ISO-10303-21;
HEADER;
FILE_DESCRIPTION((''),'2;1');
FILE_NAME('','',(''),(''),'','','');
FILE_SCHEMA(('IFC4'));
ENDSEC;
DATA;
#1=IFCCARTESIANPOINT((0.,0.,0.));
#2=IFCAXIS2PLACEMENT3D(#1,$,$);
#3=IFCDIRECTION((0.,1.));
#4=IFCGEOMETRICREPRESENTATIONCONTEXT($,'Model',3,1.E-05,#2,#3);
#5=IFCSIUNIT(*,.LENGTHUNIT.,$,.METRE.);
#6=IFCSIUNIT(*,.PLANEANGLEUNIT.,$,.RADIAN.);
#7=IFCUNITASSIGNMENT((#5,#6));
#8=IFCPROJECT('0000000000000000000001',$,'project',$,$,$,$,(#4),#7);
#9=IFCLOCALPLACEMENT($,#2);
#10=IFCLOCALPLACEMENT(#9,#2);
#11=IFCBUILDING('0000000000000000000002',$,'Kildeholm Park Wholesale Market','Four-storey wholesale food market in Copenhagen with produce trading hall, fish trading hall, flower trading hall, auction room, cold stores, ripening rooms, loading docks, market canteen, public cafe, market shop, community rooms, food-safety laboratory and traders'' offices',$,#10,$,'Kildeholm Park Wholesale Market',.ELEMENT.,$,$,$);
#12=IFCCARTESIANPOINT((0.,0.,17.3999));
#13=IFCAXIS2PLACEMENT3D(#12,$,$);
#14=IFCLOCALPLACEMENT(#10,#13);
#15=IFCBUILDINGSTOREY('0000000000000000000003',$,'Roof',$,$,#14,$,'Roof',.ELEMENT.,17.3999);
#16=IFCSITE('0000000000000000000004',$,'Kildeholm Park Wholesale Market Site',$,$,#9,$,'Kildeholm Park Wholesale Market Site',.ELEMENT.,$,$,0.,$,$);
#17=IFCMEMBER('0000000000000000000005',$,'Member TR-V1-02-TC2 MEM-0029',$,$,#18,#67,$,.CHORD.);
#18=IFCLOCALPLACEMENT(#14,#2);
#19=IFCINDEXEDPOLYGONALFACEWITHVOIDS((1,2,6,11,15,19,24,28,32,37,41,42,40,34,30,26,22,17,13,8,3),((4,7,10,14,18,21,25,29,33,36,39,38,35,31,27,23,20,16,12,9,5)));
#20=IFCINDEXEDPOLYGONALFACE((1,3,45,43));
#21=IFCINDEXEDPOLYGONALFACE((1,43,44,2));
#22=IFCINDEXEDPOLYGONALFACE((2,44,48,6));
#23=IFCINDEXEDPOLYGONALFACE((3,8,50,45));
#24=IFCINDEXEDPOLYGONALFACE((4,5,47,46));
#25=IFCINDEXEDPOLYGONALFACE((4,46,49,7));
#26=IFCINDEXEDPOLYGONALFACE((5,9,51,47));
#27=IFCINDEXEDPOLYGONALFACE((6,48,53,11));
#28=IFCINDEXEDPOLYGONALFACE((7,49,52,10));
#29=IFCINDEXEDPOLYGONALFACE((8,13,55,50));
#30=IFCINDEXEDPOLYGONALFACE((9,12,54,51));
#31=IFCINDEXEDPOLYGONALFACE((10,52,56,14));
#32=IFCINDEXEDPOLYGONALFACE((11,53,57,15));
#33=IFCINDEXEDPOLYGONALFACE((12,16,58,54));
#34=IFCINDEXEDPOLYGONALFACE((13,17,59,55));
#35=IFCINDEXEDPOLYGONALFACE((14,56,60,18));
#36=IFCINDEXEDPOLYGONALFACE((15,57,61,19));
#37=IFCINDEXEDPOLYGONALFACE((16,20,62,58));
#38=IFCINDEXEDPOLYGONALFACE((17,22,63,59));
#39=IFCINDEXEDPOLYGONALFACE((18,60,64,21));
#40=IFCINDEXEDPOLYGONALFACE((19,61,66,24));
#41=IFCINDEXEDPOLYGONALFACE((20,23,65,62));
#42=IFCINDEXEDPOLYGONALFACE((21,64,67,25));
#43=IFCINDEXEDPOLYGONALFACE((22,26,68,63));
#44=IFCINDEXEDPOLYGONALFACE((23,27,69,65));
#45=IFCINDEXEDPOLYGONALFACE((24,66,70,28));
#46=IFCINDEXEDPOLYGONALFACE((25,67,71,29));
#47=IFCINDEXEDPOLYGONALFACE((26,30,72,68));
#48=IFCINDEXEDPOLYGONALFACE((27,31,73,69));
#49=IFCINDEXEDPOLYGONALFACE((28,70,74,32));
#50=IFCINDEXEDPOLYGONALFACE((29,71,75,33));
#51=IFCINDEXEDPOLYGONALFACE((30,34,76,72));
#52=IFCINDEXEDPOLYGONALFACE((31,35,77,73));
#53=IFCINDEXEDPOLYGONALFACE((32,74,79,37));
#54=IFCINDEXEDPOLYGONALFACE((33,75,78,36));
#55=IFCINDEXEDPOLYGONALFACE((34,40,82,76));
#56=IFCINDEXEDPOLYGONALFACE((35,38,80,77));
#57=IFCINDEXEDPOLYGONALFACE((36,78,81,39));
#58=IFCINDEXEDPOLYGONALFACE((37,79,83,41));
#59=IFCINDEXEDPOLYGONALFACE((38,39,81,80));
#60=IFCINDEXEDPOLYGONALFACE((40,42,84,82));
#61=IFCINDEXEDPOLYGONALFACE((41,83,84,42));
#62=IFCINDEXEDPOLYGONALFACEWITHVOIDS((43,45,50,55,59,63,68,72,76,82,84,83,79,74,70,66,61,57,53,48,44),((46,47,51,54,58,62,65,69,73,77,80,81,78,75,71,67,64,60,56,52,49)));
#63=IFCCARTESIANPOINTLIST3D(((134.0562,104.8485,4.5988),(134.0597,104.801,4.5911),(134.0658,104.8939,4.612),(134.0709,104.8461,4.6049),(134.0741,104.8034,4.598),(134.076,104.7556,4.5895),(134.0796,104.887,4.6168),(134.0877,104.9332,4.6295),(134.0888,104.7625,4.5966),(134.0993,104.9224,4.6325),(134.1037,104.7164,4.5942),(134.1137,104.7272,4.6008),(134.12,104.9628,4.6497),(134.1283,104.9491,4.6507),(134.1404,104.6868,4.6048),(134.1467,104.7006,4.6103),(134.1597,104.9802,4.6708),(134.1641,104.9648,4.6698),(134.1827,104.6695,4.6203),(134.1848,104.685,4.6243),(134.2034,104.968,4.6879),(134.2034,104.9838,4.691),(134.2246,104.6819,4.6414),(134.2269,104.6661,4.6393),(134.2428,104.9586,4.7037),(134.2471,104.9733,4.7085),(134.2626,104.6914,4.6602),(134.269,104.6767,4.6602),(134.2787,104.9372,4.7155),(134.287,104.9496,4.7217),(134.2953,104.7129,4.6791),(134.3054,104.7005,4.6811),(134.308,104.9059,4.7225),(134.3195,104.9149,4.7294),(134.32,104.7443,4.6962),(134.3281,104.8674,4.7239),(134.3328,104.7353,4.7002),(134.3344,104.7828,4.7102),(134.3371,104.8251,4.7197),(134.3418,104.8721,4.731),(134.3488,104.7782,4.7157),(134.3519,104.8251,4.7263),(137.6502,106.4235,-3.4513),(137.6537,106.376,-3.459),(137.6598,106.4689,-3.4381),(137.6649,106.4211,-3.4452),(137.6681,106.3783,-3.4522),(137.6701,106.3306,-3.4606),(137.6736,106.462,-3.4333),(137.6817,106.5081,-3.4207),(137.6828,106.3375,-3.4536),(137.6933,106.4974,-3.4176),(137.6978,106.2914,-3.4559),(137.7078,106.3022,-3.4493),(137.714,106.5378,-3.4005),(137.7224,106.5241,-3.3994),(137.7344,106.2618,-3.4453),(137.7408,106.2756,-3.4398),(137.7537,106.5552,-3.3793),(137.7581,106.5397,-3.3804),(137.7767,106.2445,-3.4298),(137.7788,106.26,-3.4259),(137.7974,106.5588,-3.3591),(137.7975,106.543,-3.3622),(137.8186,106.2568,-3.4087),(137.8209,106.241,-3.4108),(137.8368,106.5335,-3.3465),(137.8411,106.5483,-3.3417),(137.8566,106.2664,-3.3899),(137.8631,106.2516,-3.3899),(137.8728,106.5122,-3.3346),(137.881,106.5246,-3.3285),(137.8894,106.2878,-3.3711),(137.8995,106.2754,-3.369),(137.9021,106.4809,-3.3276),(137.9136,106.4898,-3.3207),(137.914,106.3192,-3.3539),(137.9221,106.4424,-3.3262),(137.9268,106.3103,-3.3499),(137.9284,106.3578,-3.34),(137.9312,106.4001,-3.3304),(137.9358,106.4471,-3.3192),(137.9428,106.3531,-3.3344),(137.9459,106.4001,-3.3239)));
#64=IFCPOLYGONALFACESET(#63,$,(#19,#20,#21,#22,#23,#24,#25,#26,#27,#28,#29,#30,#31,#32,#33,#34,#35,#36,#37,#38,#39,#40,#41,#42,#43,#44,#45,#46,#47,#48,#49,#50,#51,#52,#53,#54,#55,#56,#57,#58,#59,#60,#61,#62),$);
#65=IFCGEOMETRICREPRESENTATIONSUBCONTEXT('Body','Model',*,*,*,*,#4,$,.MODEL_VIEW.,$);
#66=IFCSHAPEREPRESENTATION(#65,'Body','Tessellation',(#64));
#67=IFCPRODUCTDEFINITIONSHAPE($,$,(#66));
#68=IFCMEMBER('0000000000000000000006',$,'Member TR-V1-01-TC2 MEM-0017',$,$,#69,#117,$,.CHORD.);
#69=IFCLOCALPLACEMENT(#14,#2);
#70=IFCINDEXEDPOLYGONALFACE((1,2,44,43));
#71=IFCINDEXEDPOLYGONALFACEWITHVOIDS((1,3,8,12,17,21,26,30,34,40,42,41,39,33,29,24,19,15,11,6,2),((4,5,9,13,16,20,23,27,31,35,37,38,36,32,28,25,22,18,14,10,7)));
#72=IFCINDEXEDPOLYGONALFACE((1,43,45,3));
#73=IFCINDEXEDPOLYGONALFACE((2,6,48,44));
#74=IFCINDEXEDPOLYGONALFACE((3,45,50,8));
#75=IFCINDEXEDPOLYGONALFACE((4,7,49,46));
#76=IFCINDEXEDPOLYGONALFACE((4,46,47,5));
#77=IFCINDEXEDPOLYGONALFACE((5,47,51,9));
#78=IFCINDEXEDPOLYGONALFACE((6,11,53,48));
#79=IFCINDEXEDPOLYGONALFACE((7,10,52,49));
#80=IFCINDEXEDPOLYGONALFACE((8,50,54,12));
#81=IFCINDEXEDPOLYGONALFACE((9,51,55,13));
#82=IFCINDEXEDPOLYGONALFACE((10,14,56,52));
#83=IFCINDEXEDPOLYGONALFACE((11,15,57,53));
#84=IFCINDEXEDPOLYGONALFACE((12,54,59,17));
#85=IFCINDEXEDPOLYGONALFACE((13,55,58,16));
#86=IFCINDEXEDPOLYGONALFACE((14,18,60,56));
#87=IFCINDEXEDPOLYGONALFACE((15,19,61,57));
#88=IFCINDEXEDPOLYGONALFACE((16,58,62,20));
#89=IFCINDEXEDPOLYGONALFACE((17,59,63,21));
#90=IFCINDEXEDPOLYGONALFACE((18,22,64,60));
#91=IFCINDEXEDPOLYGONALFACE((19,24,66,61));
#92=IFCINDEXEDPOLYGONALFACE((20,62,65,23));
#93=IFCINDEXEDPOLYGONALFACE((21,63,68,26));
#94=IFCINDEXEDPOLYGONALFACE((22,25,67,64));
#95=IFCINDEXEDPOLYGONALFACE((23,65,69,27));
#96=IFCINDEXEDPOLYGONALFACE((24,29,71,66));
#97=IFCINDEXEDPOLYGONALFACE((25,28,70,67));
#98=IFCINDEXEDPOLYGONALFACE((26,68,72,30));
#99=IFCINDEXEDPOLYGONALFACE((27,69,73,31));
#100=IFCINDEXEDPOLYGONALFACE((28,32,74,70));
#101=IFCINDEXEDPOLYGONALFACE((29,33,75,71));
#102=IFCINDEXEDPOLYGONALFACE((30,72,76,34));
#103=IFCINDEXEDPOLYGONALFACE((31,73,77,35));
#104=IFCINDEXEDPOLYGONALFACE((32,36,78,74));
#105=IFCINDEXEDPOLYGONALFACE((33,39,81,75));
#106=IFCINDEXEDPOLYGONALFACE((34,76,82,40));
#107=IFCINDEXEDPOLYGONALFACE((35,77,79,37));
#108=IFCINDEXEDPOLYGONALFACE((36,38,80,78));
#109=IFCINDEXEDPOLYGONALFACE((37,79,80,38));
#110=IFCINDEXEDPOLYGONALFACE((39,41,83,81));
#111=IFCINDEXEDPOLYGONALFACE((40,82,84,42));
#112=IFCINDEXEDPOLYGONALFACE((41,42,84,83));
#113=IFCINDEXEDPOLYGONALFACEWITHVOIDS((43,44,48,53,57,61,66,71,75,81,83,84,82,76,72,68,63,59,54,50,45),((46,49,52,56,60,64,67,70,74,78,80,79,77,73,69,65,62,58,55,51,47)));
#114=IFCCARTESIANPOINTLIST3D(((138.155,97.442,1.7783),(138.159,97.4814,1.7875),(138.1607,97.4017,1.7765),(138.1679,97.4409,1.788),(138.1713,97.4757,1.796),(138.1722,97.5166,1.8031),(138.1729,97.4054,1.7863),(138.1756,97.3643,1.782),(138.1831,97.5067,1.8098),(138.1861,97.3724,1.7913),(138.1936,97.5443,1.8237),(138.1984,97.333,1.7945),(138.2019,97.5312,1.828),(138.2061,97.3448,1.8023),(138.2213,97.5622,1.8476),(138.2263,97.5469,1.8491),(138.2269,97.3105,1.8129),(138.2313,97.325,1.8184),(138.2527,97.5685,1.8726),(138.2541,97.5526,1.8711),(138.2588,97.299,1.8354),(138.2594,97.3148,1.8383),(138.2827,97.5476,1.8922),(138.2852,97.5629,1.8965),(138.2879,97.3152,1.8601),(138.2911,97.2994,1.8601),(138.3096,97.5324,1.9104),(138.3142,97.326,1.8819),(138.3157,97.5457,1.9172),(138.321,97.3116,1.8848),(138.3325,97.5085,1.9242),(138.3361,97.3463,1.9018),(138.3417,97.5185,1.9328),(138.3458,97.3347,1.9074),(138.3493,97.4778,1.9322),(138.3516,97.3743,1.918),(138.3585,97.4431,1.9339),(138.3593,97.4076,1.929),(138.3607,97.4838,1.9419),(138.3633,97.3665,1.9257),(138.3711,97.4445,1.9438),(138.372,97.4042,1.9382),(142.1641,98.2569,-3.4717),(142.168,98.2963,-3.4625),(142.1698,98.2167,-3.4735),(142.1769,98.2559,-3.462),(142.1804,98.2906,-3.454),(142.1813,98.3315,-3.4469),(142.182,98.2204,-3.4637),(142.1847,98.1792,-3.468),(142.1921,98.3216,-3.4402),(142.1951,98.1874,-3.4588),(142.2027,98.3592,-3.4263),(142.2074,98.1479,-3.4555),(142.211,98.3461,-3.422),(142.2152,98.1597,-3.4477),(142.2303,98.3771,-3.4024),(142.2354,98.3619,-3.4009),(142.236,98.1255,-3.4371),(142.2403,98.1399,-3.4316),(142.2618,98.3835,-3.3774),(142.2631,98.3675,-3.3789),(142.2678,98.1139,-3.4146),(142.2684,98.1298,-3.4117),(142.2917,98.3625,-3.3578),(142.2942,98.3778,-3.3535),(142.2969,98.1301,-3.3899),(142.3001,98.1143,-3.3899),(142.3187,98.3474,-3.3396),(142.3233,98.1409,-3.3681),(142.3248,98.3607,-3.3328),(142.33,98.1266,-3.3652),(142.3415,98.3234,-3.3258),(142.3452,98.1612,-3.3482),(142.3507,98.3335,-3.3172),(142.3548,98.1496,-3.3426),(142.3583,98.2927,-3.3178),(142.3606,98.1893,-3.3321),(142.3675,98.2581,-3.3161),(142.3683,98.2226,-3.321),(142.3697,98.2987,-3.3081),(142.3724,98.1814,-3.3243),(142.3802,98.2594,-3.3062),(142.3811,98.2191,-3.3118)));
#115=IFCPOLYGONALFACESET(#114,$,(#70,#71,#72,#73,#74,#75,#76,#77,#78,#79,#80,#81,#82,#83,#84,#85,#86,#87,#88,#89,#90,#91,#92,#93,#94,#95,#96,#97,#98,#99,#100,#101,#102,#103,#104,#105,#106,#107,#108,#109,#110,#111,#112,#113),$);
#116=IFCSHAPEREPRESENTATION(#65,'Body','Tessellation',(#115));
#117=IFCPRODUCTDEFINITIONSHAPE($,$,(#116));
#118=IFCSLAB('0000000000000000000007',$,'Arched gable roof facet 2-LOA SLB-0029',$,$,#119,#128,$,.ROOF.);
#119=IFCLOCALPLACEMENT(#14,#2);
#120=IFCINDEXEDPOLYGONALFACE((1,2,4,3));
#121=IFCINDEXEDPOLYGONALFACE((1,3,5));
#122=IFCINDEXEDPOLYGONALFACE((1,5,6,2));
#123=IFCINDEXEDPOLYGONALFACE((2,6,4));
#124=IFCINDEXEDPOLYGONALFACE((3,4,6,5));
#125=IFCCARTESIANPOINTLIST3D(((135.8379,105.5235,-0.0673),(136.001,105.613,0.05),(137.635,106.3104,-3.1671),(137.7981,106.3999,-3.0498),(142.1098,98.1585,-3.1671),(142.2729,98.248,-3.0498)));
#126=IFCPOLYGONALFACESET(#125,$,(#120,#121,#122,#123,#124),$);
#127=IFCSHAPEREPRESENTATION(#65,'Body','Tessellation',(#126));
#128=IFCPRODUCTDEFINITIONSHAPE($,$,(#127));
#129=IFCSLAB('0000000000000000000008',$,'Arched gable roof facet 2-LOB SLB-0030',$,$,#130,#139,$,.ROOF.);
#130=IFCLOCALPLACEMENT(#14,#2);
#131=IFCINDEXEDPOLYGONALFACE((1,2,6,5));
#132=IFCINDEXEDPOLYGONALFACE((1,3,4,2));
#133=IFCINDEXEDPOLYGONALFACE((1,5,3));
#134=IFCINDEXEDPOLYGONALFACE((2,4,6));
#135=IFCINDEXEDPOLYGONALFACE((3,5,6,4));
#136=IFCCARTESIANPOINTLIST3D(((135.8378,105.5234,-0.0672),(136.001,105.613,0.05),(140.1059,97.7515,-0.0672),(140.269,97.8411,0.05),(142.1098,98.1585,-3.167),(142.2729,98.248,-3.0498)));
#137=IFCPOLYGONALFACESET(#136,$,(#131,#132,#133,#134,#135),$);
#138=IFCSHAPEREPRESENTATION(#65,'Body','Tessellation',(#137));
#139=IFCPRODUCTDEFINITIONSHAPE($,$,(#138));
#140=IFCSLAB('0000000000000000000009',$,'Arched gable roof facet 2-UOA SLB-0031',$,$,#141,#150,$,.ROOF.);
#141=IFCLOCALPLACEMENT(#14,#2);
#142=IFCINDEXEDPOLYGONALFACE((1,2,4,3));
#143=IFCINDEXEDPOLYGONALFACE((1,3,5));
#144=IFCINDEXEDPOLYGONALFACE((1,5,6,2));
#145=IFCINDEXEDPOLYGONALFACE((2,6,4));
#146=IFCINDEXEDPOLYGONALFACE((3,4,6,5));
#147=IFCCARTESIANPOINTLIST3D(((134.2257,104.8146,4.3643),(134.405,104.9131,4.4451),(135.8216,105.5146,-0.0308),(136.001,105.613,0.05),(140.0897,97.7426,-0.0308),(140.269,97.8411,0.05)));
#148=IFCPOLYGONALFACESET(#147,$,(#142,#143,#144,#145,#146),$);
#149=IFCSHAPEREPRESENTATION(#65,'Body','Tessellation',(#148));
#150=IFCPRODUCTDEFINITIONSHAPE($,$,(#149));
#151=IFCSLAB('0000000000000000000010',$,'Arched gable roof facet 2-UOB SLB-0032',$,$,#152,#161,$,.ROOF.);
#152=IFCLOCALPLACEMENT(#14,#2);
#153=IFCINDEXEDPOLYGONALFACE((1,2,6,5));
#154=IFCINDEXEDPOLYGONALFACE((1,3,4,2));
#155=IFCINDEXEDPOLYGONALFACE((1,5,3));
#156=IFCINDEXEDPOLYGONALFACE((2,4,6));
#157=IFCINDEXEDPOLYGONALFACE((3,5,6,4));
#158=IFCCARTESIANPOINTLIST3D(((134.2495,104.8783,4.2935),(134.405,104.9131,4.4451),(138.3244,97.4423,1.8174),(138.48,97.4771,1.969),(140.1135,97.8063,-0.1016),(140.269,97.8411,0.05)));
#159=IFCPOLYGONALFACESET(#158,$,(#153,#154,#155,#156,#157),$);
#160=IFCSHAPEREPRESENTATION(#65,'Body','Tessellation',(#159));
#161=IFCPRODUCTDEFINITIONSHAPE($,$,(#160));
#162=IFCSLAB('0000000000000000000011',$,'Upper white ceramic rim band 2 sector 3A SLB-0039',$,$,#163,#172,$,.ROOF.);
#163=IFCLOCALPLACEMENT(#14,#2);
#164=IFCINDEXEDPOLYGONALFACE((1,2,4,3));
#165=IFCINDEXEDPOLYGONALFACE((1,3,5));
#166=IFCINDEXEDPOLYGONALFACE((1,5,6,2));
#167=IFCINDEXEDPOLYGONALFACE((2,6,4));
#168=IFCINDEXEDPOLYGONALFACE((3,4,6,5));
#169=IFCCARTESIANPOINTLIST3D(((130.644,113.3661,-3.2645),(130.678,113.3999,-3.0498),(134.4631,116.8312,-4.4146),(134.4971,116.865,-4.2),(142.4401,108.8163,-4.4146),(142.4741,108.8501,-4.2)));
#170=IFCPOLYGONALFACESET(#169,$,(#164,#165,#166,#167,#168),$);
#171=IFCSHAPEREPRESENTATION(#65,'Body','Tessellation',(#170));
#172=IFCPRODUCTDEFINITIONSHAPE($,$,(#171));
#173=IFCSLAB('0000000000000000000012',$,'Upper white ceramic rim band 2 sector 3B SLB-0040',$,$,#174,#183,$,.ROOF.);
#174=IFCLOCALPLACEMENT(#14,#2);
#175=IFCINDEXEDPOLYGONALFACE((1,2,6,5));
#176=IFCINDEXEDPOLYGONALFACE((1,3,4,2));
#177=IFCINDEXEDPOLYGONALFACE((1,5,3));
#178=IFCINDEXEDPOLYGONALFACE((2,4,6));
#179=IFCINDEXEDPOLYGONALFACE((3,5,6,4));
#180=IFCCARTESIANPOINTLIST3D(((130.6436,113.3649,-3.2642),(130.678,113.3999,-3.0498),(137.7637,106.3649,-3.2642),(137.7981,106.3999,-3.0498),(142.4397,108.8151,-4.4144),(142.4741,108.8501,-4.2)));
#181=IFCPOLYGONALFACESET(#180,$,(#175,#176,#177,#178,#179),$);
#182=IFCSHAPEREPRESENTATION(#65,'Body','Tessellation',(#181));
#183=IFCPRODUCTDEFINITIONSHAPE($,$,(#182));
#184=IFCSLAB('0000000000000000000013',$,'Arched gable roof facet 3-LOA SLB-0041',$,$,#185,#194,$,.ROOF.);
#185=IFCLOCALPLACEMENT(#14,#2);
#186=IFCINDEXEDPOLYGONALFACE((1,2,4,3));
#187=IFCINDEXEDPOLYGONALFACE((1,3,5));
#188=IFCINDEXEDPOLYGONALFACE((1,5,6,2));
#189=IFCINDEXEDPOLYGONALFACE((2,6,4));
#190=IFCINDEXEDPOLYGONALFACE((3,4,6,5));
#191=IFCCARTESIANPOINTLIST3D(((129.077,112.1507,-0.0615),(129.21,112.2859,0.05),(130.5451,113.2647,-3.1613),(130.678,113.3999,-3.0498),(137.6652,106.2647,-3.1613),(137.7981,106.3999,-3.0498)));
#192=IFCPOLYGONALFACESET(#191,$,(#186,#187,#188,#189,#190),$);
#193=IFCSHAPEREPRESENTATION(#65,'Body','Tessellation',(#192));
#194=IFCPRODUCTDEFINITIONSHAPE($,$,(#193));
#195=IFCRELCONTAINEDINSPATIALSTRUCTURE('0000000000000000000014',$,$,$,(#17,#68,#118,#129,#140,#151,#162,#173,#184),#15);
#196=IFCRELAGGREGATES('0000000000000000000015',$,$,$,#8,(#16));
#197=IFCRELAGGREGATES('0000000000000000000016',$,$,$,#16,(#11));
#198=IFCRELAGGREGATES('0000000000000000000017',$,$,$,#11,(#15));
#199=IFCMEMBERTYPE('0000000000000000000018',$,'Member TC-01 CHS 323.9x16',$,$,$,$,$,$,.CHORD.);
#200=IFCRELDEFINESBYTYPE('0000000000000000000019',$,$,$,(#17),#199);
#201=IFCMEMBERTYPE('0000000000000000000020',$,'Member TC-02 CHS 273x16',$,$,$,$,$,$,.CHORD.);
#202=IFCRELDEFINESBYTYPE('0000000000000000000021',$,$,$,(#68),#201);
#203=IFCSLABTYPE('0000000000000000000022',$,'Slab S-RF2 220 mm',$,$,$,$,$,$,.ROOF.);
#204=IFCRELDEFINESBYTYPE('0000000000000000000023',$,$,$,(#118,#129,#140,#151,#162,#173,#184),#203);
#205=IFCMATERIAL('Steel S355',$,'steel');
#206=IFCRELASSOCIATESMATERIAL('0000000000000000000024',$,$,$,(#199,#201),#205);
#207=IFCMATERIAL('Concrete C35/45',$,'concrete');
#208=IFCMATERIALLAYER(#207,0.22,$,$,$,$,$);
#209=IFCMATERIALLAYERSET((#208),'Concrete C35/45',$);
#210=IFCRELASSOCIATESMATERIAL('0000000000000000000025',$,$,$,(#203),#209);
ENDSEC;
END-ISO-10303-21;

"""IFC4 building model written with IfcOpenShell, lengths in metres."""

from ifc_helpers import new_model, si_unit, direction, frame, origin, origin_2d, place, context, subcontext, project, spatial, polyline, hollow_circle, outline, extrude, material, layer, layer_set, material_profile, profile_set, type_object, element, save


model = new_model("IFC4")

# Units and contexts
model_context = context("Model", 3, precision=1e-05, world=origin(), true_north=direction((0.0, 1.0)))
body_context = subcontext(model_context, "Body", "Model", "MODEL_VIEW")
ifc_project = project(units=[si_unit("LENGTHUNIT", "METRE"), si_unit("PLANEANGLEUNIT", "RADIAN")], contexts=[model_context])

# Site, building, storey
site_placement = place(None, origin())
site = spatial("IfcSite", under=ifc_project, at=site_placement, Name="Kildeholm Park Wholesale Market Site", LongName="Kildeholm Park Wholesale Market Site", CompositionType="ELEMENT", RefElevation=0.0)
building_placement = place(site_placement, origin())
building = spatial("IfcBuilding", under=site, at=building_placement, Name="Kildeholm Park Wholesale Market", Description="Four-storey wholesale food market in Copenhagen with produce trading hall, fish trading hall, flower trading hall, auction room, cold stores, ripening rooms, loading docks, market canteen, public cafe, market shop, community rooms, food-safety laboratory and traders' offices", LongName="Kildeholm Park Wholesale Market", CompositionType="ELEMENT")
storey_placement = place(building_placement, frame((0.0, 0.0, 17.3999)))
storey = spatial("IfcBuildingStorey", under=building, at=storey_placement, Name="Roof", LongName="Roof", CompositionType="ELEMENT", Elevation=17.3999)

# Shared definitions
ifc_material_1 = material(Name="Steel S355", Category="steel")

# Members
ifc_material_profile_1 = material_profile(ifc_material_1, hollow_circle(Radius=0.1619, WallThickness=0.0161, at=origin_2d()), Name="CHS 323.9x16")
ifc_profile_set_1 = profile_set([ifc_material_profile_1], Name="Steel S355")
member_type_1 = type_object("IfcMemberType", Name="Member TC-01 CHS 323.9x16", PredefinedType="CHORD", material=ifc_profile_set_1)
member_1_placement = place(storey_placement, frame((137.7981, 106.3999, -3.3899), z_axis=(-0.401318, -0.175865, 0.898897), x_axis=(0.40137, -0.915916, 0.0)))
element("IfcMember", 1, at=member_1_placement, inside=storey, type_object=member_type_1, Name="Member TR-V1-02-TC2 MEM-0029", PredefinedType="CHORD", context=body_context, shape_type="SweptSolid", body=[
    extrude(hollow_circle(Radius=0.1619, WallThickness=0.0161, at=origin_2d()), origin(), (0.0, 0.0, 1.0), 8.9556),
])
ifc_material_profile_2 = material_profile(ifc_material_1, hollow_circle(Radius=0.1365, WallThickness=0.0161, at=origin_2d()), Name="CHS 273x16")
ifc_profile_set_2 = profile_set([ifc_material_profile_2], Name="Steel S355")
member_type_2 = type_object("IfcMemberType", Name="Member TC-02 CHS 273x16", PredefinedType="CHORD", material=ifc_profile_set_2)
member_2_placement = place(storey_placement, frame((142.2729, 98.248, -3.3899), z_axis=(-0.602342, -0.122442, 0.788792), x_axis=(0.199202, -0.979958, 0.0)))
element("IfcMember", 2, at=member_2_placement, inside=storey, type_object=member_type_2, Name="Member TR-V1-01-TC2 MEM-0017", PredefinedType="CHORD", context=body_context, shape_type="SweptSolid", body=[
    extrude(hollow_circle(Radius=0.1365, WallThickness=0.0161, at=origin_2d()), origin(), (0.0, 0.0, 1.0), 6.6558),
])

# Slabs
ifc_material_2 = material(Name="Concrete C35/45", Category="concrete")
ifc_layer_1 = layer(ifc_material_2, 0.22)
ifc_layer_set_1 = layer_set([ifc_layer_1], Name="Concrete C35/45")
slab_type = type_object("IfcSlabType", Name="Slab S-RF2 220 mm", PredefinedType="ROOF", material=ifc_layer_set_1)
slab_1_placement = place(storey_placement, frame((142.2729, 98.248, -3.0498), z_axis=(0.741572, 0.407076, 0.533254), x_axis=(-0.481203, 0.876609, 0.0)))
element("IfcSlab", 3, at=slab_1_placement, inside=storey, type_object=slab_type, Name="Arched gable roof facet 2-LOA SLB-0029", PredefinedType="ROOF", context=body_context, shape_type="SweptSolid", body=[
    extrude(outline(polyline([(0.0, 0.0), (9.2993, 0.0), (9.4743, 3.6643), (0.0, 0.0)])), origin(), (0.0, 0.0, -1.0), 0.22),
])
slab_2_placement = place(storey_placement, frame((142.2729, 98.248, -3.0498), z_axis=(0.741678, 0.407301, 0.532934), x_axis=(-0.617427, 0.725026, 0.305157)))
element("IfcSlab", 4, at=slab_2_placement, inside=storey, type_object=slab_type, Name="Arched gable roof facet 2-LOB SLB-0030", PredefinedType="ROOF", context=body_context, shape_type="SweptSolid", body=[
    extrude(outline(polyline([(0.0, 0.0), (10.1582, 0.0), (1.8881, 3.1977), (0.0, 0.0)])), origin(), (0.0, 0.0, -1.0), 0.22),
])
slab_3_placement = place(storey_placement, frame((140.269, 97.8411, 0.05), z_axis=(0.815246, 0.447702, 0.367338), x_axis=(-0.481354, 0.876526, 0.0)))
element("IfcSlab", 5, at=slab_3_placement, inside=storey, type_object=slab_type, Name="Arched gable roof facet 2-UOA SLB-0031", PredefinedType="ROOF", context=body_context, shape_type="SweptSolid", body=[
    extrude(outline(polyline([(0.0, 0.0), (8.8668, 0.0), (9.0215, 4.7254), (0.0, 0.0)])), origin(), (0.0, 0.0, -1.0), 0.22),
])
slab_4_placement = place(storey_placement, frame((140.269, 97.8411, 0.05), z_axis=(0.707112, 0.157998, 0.689223), x_axis=(-0.5758, 0.694416, 0.431556)))
element("IfcSlab", 6, at=slab_4_placement, inside=storey, type_object=slab_type, Name="Arched gable roof facet 2-UOB SLB-0032", PredefinedType="ROOF", context=body_context, shape_type="SweptSolid", body=[
    extrude(outline(polyline([(0.0, 0.0), (10.1841, 0.0), (1.6055, 2.1067), (0.0, 0.0)])), origin(), (0.0, 0.0, -1.0), 0.22),
])
slab_5_placement = place(storey_placement, frame((142.4741, 108.8501, -4.2), z_axis=(0.154449, 0.15372, 0.975969), x_axis=(-0.705432, 0.708778, 0.0)))
element("IfcSlab", 7, at=slab_5_placement, inside=storey, type_object=slab_type, Name="Upper white ceramic rim band 2 sector 3A SLB-0039", PredefinedType="ROOF", context=body_context, shape_type="SweptSolid", body=[
    extrude(outline(polyline([(0.0, 0.0), (11.308, 0.0), (11.5462, 5.2781), (0.0, 0.0)])), origin(), (0.0, 0.0, -1.0), 0.22),
])
slab_6_placement = place(storey_placement, frame((142.4741, 108.8501, -4.2), z_axis=(0.156406, 0.15909, 0.974796), x_axis=(-0.929169, 0.358383, 0.090596)))
element("IfcSlab", 8, at=slab_6_placement, inside=storey, type_object=slab_type, Name="Upper white ceramic rim band 2 sector 3B SLB-0040", PredefinedType="ROOF", context=body_context, shape_type="SweptSolid", body=[
    extrude(outline(polyline([(0.0, 0.0), (12.6954, 0.0), (3.5709, 4.0546), (0.0, 0.0)])), origin(), (0.0, 0.0, -1.0), 0.22),
])
slab_7_placement = place(storey_placement, frame((137.7981, 106.3999, -3.0498), z_axis=(0.604262, 0.61463, 0.507048), x_axis=(-0.713096, 0.701066, 0.0)))
element("IfcSlab", 9, at=slab_7_placement, inside=storey, type_object=slab_type, Name="Arched gable roof facet 3-LOA SLB-0041", PredefinedType="ROOF", context=body_context, shape_type="SweptSolid", body=[
    extrude(outline(polyline([(0.0, 0.0), (9.9848, 0.0), (10.2506, 3.5965), (0.0, 0.0)])), origin(), (0.0, 0.0, -1.0), 0.22),
])

save(model, "model.ifc")
